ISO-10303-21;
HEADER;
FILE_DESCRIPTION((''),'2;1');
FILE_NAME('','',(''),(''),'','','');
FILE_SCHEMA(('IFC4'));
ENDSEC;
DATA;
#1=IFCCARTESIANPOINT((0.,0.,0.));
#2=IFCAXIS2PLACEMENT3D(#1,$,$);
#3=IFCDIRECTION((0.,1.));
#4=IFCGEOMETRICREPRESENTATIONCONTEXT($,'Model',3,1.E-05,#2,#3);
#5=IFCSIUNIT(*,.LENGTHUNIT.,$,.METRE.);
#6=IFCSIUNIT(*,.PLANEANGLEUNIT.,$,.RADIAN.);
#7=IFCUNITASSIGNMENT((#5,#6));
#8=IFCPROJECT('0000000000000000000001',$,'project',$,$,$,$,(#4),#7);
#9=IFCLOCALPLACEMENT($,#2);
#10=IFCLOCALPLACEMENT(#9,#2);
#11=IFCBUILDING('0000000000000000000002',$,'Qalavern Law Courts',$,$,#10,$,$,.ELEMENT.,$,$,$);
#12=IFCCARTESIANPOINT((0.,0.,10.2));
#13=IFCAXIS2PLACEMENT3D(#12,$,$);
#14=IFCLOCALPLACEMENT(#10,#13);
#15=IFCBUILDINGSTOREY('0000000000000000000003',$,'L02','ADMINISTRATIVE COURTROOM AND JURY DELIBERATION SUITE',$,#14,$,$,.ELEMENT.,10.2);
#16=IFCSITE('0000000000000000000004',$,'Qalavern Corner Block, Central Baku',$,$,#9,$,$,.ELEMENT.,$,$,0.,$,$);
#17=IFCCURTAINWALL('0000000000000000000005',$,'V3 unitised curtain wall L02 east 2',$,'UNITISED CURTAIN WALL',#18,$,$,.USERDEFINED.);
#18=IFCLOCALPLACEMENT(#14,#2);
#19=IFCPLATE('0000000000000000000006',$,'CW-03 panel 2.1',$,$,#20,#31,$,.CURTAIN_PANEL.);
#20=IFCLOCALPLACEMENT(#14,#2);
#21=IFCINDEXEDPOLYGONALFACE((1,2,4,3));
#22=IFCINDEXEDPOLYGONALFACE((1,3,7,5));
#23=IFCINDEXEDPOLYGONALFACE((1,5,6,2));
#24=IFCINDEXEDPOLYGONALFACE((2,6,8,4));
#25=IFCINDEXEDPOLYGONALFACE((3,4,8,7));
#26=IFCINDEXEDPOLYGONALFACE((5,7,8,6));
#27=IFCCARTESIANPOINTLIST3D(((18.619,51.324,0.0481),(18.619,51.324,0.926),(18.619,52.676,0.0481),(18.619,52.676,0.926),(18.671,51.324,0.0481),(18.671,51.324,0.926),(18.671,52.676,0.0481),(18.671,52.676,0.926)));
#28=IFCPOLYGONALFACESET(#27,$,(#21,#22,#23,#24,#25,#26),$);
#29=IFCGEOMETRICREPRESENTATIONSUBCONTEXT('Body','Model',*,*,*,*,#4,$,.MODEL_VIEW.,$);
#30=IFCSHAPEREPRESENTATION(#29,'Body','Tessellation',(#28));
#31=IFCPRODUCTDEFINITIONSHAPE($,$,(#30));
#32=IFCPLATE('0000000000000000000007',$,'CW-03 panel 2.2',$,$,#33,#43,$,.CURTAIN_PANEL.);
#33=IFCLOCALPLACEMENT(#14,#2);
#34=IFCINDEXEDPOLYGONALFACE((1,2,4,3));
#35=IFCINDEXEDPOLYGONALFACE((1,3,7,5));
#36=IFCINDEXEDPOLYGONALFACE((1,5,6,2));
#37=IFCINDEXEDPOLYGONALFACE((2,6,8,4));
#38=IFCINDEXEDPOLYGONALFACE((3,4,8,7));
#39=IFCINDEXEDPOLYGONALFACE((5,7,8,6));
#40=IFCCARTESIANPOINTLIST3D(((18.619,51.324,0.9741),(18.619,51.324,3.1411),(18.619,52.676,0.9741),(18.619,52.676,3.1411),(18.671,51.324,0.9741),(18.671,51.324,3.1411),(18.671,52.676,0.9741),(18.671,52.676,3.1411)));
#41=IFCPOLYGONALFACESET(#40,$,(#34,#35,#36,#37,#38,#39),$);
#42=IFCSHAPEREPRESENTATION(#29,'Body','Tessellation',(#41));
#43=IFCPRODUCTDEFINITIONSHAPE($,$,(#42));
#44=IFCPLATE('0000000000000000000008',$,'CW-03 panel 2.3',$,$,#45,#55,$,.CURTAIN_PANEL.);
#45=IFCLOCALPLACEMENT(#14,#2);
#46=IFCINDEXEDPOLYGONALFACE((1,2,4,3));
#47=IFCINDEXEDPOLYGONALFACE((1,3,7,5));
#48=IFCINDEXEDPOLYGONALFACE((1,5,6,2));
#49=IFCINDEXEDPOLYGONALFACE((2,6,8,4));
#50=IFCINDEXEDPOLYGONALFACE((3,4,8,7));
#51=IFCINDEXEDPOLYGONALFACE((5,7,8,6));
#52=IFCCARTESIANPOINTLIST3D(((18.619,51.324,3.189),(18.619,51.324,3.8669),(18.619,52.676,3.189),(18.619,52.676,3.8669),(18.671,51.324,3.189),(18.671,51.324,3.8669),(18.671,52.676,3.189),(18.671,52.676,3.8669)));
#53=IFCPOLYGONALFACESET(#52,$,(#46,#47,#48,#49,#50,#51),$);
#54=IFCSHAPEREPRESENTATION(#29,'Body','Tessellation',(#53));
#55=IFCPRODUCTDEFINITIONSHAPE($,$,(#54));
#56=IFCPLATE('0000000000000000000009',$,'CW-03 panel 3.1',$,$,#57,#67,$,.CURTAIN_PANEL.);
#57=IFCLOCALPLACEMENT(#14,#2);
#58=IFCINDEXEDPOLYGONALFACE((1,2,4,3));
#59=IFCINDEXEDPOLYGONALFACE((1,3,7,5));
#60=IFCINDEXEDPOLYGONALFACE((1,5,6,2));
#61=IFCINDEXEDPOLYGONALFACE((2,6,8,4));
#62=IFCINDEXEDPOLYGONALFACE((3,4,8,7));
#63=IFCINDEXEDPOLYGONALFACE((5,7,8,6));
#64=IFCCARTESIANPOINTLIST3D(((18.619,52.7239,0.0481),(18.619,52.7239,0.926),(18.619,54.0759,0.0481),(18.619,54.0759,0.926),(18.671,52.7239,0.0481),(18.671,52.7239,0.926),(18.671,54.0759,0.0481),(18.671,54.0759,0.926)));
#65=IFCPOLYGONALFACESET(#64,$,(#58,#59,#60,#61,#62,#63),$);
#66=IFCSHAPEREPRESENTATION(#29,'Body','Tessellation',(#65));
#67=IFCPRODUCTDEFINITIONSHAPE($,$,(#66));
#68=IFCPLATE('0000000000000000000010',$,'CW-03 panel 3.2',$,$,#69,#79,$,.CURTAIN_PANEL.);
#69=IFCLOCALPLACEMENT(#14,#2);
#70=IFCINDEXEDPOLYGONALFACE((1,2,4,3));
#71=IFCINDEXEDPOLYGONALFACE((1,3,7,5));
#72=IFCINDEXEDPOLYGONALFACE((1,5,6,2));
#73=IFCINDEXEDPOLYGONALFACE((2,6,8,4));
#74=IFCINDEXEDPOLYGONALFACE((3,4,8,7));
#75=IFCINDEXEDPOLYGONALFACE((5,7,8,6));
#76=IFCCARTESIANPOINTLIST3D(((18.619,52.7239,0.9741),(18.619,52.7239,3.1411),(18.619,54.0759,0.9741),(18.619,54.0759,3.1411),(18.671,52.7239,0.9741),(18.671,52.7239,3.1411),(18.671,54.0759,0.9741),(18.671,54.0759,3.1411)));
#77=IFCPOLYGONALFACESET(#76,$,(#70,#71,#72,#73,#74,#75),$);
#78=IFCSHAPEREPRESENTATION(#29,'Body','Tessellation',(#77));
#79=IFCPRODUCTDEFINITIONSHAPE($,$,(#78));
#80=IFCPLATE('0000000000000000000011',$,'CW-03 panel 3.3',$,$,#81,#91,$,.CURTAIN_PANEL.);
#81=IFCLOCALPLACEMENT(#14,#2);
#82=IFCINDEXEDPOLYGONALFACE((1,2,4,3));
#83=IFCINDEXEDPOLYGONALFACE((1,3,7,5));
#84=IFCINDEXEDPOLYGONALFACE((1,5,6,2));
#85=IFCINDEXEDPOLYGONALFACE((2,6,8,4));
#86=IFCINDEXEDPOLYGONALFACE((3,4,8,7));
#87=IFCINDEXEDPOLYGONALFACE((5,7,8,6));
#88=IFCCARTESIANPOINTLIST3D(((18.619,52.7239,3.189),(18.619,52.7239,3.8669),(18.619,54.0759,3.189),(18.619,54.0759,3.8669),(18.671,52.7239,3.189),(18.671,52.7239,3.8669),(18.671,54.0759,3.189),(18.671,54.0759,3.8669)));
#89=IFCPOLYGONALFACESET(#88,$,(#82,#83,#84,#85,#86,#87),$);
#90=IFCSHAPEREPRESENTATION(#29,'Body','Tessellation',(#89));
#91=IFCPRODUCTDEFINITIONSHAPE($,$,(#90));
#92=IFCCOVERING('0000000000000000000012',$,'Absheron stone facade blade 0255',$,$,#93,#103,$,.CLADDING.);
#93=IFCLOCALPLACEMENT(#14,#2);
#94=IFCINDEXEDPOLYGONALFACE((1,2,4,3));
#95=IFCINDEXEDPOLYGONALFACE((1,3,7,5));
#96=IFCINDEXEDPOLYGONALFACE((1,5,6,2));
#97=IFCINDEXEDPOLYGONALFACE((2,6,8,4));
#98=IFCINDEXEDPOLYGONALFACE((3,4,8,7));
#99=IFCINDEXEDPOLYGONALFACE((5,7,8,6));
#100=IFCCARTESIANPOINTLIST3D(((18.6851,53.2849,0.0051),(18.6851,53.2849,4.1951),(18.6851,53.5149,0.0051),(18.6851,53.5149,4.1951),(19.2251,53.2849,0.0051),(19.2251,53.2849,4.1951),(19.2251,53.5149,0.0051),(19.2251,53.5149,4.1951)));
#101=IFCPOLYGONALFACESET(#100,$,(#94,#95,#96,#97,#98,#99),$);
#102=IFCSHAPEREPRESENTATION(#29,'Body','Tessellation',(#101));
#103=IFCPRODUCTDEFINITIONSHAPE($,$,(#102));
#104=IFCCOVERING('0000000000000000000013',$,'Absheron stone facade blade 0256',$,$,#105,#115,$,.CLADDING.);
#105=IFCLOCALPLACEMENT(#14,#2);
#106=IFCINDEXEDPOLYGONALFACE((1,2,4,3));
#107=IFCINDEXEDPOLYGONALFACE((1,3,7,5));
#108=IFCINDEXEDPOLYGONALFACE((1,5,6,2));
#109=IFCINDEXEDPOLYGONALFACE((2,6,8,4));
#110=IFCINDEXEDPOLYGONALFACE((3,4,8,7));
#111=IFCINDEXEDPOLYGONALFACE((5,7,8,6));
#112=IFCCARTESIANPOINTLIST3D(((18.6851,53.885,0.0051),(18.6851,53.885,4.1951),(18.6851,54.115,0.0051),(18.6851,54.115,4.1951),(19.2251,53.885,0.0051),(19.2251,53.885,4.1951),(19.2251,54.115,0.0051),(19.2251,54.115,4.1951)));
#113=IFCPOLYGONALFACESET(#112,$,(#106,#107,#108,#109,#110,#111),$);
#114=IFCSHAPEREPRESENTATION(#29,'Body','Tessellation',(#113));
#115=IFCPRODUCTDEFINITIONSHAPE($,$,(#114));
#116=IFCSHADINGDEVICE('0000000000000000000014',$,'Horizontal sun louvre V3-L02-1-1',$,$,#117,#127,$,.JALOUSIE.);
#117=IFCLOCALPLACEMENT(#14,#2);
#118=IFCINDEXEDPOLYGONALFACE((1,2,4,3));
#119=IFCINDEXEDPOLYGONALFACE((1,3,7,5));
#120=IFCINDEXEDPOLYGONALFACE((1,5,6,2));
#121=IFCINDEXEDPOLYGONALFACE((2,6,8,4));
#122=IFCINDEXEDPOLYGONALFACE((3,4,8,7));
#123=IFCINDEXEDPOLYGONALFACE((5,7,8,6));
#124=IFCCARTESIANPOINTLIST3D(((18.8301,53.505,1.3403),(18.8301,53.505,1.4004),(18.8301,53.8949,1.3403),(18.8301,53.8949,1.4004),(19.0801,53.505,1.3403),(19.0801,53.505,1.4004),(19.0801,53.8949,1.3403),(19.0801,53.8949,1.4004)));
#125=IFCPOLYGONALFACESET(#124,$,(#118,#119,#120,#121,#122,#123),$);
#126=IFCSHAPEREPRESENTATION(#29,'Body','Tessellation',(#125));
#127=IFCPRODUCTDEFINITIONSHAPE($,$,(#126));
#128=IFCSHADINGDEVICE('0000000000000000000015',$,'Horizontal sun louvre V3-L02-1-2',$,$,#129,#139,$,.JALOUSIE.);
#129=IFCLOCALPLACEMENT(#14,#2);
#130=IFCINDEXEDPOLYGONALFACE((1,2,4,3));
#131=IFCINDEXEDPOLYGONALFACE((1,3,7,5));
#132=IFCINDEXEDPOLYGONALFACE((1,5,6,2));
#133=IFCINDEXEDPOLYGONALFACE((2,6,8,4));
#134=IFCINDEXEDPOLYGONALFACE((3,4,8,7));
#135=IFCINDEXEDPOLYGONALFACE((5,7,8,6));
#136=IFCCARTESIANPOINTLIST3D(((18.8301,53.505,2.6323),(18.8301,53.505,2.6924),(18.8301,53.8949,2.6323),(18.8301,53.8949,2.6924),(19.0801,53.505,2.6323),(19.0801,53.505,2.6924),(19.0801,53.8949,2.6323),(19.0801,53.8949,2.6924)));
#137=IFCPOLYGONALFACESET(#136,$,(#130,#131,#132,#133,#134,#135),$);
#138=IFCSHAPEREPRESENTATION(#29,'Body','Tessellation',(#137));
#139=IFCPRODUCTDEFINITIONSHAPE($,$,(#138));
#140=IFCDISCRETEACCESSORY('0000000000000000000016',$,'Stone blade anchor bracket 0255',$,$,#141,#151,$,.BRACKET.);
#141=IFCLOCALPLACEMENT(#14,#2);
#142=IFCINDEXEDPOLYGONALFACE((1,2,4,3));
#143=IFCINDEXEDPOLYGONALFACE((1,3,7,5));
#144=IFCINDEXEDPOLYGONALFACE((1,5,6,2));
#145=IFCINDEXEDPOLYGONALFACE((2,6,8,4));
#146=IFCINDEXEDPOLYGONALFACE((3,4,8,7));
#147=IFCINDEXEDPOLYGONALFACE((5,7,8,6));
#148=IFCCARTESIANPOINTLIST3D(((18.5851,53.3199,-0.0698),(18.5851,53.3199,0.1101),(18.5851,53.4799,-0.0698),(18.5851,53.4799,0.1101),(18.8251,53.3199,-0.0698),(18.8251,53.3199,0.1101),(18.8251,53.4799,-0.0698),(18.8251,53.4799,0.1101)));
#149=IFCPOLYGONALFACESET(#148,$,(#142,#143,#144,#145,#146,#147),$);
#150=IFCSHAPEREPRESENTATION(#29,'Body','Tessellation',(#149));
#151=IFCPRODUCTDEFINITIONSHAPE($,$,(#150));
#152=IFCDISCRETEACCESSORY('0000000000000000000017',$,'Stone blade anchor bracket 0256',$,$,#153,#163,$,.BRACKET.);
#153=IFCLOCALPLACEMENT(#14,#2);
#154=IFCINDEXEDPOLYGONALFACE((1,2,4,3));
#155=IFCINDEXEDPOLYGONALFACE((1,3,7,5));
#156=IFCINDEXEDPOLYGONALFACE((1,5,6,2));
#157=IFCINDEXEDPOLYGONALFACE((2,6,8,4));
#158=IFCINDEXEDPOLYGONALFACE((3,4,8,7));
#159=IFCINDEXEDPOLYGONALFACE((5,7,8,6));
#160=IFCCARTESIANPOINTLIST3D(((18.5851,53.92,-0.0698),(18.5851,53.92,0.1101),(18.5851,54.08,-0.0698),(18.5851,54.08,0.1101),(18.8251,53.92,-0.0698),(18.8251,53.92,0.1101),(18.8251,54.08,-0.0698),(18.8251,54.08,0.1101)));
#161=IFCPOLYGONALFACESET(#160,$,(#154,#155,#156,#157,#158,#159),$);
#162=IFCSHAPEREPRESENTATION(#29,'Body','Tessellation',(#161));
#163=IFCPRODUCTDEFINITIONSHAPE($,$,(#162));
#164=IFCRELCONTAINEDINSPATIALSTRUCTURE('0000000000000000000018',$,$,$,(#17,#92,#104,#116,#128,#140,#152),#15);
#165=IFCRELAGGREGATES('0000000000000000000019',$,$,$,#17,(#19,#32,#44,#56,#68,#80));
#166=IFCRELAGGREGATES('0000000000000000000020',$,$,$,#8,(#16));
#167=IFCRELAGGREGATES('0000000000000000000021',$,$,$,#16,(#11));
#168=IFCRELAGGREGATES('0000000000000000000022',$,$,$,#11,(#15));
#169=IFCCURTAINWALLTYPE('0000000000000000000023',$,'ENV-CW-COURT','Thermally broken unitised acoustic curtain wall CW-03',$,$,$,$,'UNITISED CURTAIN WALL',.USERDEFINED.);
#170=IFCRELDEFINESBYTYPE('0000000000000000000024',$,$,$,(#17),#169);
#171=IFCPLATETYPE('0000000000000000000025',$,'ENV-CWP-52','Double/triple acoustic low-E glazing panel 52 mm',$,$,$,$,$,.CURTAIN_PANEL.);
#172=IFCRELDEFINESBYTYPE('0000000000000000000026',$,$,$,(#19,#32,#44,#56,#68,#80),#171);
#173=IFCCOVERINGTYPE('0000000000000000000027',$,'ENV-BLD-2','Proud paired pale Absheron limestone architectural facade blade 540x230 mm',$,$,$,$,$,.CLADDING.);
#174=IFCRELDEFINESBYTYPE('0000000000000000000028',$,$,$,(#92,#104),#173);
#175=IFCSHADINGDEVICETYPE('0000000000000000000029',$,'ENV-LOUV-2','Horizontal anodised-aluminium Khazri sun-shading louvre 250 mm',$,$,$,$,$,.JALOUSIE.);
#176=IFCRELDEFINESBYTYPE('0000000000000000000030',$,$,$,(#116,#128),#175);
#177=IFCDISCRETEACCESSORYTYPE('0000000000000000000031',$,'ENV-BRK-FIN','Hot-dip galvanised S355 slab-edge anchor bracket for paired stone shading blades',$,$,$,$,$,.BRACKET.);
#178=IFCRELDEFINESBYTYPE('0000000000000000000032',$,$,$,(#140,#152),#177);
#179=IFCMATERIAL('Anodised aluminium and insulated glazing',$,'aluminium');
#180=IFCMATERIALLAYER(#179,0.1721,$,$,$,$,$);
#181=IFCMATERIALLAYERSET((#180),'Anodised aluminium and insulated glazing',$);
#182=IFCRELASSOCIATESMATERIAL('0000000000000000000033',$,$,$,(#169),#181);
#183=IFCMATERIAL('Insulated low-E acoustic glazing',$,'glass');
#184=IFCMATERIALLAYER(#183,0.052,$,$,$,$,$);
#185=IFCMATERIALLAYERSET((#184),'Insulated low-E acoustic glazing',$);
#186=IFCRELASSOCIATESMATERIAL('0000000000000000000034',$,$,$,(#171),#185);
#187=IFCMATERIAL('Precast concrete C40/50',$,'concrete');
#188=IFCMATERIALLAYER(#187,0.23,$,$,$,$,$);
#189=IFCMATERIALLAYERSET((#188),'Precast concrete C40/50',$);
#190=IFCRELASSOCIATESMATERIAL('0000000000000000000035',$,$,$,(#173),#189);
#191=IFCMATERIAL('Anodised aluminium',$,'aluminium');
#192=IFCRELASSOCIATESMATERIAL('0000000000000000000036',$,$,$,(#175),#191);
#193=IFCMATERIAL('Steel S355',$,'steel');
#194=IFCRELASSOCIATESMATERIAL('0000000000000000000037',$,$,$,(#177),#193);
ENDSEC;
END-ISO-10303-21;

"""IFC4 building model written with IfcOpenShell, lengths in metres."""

from ifc_helpers import new_model, si_unit, direction, frame, origin, origin_2d, place, context, subcontext, project, spatial, rectangle, extrude, material, layer, layer_set, type_object, element, aggregate, save


model = new_model("IFC4")

# Units and contexts
model_context = context("Model", 3, precision=1e-05, world=origin(), true_north=direction((0.0, 1.0)))
body_context = subcontext(model_context, "Body", "Model", "MODEL_VIEW")
ifc_project = project(units=[si_unit("LENGTHUNIT", "METRE"), si_unit("PLANEANGLEUNIT", "RADIAN")], contexts=[model_context])

# Site, building, storey
site_placement = place(None, origin())
site = spatial("IfcSite", under=ifc_project, at=site_placement, Name="Qalavern Corner Block, Central Baku", CompositionType="ELEMENT", RefElevation=0.0)
building_placement = place(site_placement, origin())
building = spatial("IfcBuilding", under=site, at=building_placement, Name="Qalavern Law Courts", CompositionType="ELEMENT")
storey_placement = place(building_placement, frame((0.0, 0.0, 10.2)))
storey = spatial("IfcBuildingStorey", under=building, at=storey_placement, Name="L02", Description="ADMINISTRATIVE COURTROOM AND JURY DELIBERATION SUITE", CompositionType="ELEMENT", Elevation=10.2)

# Curtain wall, plates
ifc_material_1 = material(Name="Anodised aluminium and insulated glazing", Category="aluminium")
ifc_layer_1 = layer(ifc_material_1, 0.1721)
ifc_layer_set_1 = layer_set([ifc_layer_1], Name="Anodised aluminium and insulated glazing")
curtain_wall_type = type_object("IfcCurtainWallType", Name="ENV-CW-COURT", Description="Thermally broken unitised acoustic curtain wall CW-03", ElementType="UNITISED CURTAIN WALL", PredefinedType="USERDEFINED", material=ifc_layer_set_1)
curtain_wall_placement = place(storey_placement, origin())
curtain_wall = element("IfcCurtainWall", 1, at=curtain_wall_placement, inside=storey, type_object=curtain_wall_type, Name="V3 unitised curtain wall L02 east 2", ObjectType="UNITISED CURTAIN WALL", PredefinedType="USERDEFINED")
ifc_material_2 = material(Name="Anodised aluminium", Category="aluminium")
ifc_material_3 = material(Name="Insulated low-E acoustic glazing", Category="glass")
ifc_layer_2 = layer(ifc_material_3, 0.052)
ifc_layer_set_2 = layer_set([ifc_layer_2], Name="Insulated low-E acoustic glazing")
plate_type = type_object("IfcPlateType", Name="ENV-CWP-52", Description="Double/triple acoustic low-E glazing panel 52 mm", PredefinedType="CURTAIN_PANEL", material=ifc_layer_set_2)
plate_1_placement = place(storey_placement, frame((18.645, 52.0, 0.0481), z_axis=(0.0, 0.0, 1.0), x_axis=(0.0, 1.0, 0.0)))
plate_1 = element("IfcPlate", 2, at=plate_1_placement, type_object=plate_type, Name="CW-03 panel 2.1", PredefinedType="CURTAIN_PANEL", context=body_context, shape_type="SweptSolid", body=[
    extrude(rectangle(XDim=1.3521, YDim=0.052, at=origin_2d()), origin(), (0.0, 0.0, 1.0), 0.8779),
])
plate_2_placement = place(storey_placement, frame((18.645, 52.0, 0.9741), z_axis=(0.0, 0.0, 1.0), x_axis=(0.0, 1.0, 0.0)))
plate_2 = element("IfcPlate", 3, at=plate_2_placement, type_object=plate_type, Name="CW-03 panel 2.2", PredefinedType="CURTAIN_PANEL", context=body_context, shape_type="SweptSolid", body=[
    extrude(rectangle(XDim=1.3521, YDim=0.052, at=origin_2d()), origin(), (0.0, 0.0, 1.0), 2.167),
])
plate_3_placement = place(storey_placement, frame((18.645, 52.0, 3.189), z_axis=(0.0, 0.0, 1.0), x_axis=(0.0, 1.0, 0.0)))
plate_3 = element("IfcPlate", 4, at=plate_3_placement, type_object=plate_type, Name="CW-03 panel 2.3", PredefinedType="CURTAIN_PANEL", context=body_context, shape_type="SweptSolid", body=[
    extrude(rectangle(XDim=1.3521, YDim=0.052, at=origin_2d()), origin(), (0.0, 0.0, 1.0), 0.678),
])
plate_4_placement = place(storey_placement, frame((18.645, 53.3999, 0.0481), z_axis=(0.0, 0.0, 1.0), x_axis=(0.0, 1.0, 0.0)))
plate_4 = element("IfcPlate", 5, at=plate_4_placement, type_object=plate_type, Name="CW-03 panel 3.1", PredefinedType="CURTAIN_PANEL", context=body_context, shape_type="SweptSolid", body=[
    extrude(rectangle(XDim=1.3521, YDim=0.052, at=origin_2d()), origin(), (0.0, 0.0, 1.0), 0.8779),
])
plate_5_placement = place(storey_placement, frame((18.645, 53.3999, 0.9741), z_axis=(0.0, 0.0, 1.0), x_axis=(0.0, 1.0, 0.0)))
plate_5 = element("IfcPlate", 6, at=plate_5_placement, type_object=plate_type, Name="CW-03 panel 3.2", PredefinedType="CURTAIN_PANEL", context=body_context, shape_type="SweptSolid", body=[
    extrude(rectangle(XDim=1.3521, YDim=0.052, at=origin_2d()), origin(), (0.0, 0.0, 1.0), 2.167),
])
plate_6_placement = place(storey_placement, frame((18.645, 53.3999, 3.189), z_axis=(0.0, 0.0, 1.0), x_axis=(0.0, 1.0, 0.0)))
plate_6 = element("IfcPlate", 7, at=plate_6_placement, type_object=plate_type, Name="CW-03 panel 3.3", PredefinedType="CURTAIN_PANEL", context=body_context, shape_type="SweptSolid", body=[
    extrude(rectangle(XDim=1.3521, YDim=0.052, at=origin_2d()), origin(), (0.0, 0.0, 1.0), 0.678),
])
aggregate(curtain_wall, [plate_1, plate_2, plate_3, plate_4, plate_5, plate_6])

# Coverings
ifc_material_4 = material(Name="Precast concrete C40/50", Category="concrete")
ifc_layer_3 = layer(ifc_material_4, 0.23)
ifc_layer_set_3 = layer_set([ifc_layer_3], Name="Precast concrete C40/50")
covering_type = type_object("IfcCoveringType", Name="ENV-BLD-2", Description="Proud paired pale Absheron limestone architectural facade blade 540x230 mm", PredefinedType="CLADDING", material=ifc_layer_set_3)
for number, where, z_axis, x_axis, name in (
    (8, (18.9551, 53.3999, 0.0051), (0.0, 0.0, 1.0), (1.0, 0.0, 0.0), "Absheron stone facade blade 0255"),
    (9, (18.9551, 54.0, 0.0051), (0.0, 0.0, 1.0), (1.0, 0.0, 0.0), "Absheron stone facade blade 0256"),
):
    element("IfcCovering", number, at=place(storey_placement, frame(where, z_axis=z_axis, x_axis=x_axis)), inside=storey, type_object=covering_type, Name=name, PredefinedType="CLADDING", context=body_context, shape_type="SweptSolid", body=[
        extrude(rectangle(XDim=0.54, YDim=0.23, at=origin_2d()), origin(), (0.0, 0.0, 1.0), 4.1899),
    ])

# Shading devices
shading_device_type = type_object("IfcShadingDeviceType", Name="ENV-LOUV-2", Description="Horizontal anodised-aluminium Khazri sun-shading louvre 250 mm", PredefinedType="JALOUSIE", material=ifc_material_2)
for number, where, z_axis, x_axis, name in (
    (10, (18.9551, 53.7, 1.3403), (0.0, 0.0, 1.0), (0.0, 1.0, 0.0), "Horizontal sun louvre V3-L02-1-1"),
    (11, (18.9551, 53.7, 2.6323), (0.0, 0.0, 1.0), (0.0, 1.0, 0.0), "Horizontal sun louvre V3-L02-1-2"),
):
    element("IfcShadingDevice", number, at=place(storey_placement, frame(where, z_axis=z_axis, x_axis=x_axis)), inside=storey, type_object=shading_device_type, Name=name, PredefinedType="JALOUSIE", context=body_context, shape_type="SweptSolid", body=[
        extrude(rectangle(XDim=0.3899, YDim=0.25, at=origin_2d()), origin(), (0.0, 0.0, 1.0), 0.0601),
    ])

# Discrete accessories
ifc_material_5 = material(Name="Steel S355", Category="steel")
discrete_accessory_type = type_object("IfcDiscreteAccessoryType", Name="ENV-BRK-FIN", Description="Hot-dip galvanised S355 slab-edge anchor bracket for paired stone shading blades", PredefinedType="BRACKET", material=ifc_material_5)
for number, where, z_axis, x_axis, name in (
    (12, (18.7051, 53.3999, -0.0698), (0.0, 0.0, 1.0), (1.0, 0.0, 0.0), "Stone blade anchor bracket 0255"),
    (13, (18.7051, 54.0, -0.0698), (0.0, 0.0, 1.0), (1.0, 0.0, 0.0), "Stone blade anchor bracket 0256"),
):
    element("IfcDiscreteAccessory", number, at=place(storey_placement, frame(where, z_axis=z_axis, x_axis=x_axis)), inside=storey, type_object=discrete_accessory_type, Name=name, PredefinedType="BRACKET", context=body_context, shape_type="SweptSolid", body=[
        extrude(rectangle(XDim=0.24, YDim=0.1599, at=origin_2d()), origin(), (0.0, 0.0, 1.0), 0.1799),
    ])

save(model, "model.ifc")
